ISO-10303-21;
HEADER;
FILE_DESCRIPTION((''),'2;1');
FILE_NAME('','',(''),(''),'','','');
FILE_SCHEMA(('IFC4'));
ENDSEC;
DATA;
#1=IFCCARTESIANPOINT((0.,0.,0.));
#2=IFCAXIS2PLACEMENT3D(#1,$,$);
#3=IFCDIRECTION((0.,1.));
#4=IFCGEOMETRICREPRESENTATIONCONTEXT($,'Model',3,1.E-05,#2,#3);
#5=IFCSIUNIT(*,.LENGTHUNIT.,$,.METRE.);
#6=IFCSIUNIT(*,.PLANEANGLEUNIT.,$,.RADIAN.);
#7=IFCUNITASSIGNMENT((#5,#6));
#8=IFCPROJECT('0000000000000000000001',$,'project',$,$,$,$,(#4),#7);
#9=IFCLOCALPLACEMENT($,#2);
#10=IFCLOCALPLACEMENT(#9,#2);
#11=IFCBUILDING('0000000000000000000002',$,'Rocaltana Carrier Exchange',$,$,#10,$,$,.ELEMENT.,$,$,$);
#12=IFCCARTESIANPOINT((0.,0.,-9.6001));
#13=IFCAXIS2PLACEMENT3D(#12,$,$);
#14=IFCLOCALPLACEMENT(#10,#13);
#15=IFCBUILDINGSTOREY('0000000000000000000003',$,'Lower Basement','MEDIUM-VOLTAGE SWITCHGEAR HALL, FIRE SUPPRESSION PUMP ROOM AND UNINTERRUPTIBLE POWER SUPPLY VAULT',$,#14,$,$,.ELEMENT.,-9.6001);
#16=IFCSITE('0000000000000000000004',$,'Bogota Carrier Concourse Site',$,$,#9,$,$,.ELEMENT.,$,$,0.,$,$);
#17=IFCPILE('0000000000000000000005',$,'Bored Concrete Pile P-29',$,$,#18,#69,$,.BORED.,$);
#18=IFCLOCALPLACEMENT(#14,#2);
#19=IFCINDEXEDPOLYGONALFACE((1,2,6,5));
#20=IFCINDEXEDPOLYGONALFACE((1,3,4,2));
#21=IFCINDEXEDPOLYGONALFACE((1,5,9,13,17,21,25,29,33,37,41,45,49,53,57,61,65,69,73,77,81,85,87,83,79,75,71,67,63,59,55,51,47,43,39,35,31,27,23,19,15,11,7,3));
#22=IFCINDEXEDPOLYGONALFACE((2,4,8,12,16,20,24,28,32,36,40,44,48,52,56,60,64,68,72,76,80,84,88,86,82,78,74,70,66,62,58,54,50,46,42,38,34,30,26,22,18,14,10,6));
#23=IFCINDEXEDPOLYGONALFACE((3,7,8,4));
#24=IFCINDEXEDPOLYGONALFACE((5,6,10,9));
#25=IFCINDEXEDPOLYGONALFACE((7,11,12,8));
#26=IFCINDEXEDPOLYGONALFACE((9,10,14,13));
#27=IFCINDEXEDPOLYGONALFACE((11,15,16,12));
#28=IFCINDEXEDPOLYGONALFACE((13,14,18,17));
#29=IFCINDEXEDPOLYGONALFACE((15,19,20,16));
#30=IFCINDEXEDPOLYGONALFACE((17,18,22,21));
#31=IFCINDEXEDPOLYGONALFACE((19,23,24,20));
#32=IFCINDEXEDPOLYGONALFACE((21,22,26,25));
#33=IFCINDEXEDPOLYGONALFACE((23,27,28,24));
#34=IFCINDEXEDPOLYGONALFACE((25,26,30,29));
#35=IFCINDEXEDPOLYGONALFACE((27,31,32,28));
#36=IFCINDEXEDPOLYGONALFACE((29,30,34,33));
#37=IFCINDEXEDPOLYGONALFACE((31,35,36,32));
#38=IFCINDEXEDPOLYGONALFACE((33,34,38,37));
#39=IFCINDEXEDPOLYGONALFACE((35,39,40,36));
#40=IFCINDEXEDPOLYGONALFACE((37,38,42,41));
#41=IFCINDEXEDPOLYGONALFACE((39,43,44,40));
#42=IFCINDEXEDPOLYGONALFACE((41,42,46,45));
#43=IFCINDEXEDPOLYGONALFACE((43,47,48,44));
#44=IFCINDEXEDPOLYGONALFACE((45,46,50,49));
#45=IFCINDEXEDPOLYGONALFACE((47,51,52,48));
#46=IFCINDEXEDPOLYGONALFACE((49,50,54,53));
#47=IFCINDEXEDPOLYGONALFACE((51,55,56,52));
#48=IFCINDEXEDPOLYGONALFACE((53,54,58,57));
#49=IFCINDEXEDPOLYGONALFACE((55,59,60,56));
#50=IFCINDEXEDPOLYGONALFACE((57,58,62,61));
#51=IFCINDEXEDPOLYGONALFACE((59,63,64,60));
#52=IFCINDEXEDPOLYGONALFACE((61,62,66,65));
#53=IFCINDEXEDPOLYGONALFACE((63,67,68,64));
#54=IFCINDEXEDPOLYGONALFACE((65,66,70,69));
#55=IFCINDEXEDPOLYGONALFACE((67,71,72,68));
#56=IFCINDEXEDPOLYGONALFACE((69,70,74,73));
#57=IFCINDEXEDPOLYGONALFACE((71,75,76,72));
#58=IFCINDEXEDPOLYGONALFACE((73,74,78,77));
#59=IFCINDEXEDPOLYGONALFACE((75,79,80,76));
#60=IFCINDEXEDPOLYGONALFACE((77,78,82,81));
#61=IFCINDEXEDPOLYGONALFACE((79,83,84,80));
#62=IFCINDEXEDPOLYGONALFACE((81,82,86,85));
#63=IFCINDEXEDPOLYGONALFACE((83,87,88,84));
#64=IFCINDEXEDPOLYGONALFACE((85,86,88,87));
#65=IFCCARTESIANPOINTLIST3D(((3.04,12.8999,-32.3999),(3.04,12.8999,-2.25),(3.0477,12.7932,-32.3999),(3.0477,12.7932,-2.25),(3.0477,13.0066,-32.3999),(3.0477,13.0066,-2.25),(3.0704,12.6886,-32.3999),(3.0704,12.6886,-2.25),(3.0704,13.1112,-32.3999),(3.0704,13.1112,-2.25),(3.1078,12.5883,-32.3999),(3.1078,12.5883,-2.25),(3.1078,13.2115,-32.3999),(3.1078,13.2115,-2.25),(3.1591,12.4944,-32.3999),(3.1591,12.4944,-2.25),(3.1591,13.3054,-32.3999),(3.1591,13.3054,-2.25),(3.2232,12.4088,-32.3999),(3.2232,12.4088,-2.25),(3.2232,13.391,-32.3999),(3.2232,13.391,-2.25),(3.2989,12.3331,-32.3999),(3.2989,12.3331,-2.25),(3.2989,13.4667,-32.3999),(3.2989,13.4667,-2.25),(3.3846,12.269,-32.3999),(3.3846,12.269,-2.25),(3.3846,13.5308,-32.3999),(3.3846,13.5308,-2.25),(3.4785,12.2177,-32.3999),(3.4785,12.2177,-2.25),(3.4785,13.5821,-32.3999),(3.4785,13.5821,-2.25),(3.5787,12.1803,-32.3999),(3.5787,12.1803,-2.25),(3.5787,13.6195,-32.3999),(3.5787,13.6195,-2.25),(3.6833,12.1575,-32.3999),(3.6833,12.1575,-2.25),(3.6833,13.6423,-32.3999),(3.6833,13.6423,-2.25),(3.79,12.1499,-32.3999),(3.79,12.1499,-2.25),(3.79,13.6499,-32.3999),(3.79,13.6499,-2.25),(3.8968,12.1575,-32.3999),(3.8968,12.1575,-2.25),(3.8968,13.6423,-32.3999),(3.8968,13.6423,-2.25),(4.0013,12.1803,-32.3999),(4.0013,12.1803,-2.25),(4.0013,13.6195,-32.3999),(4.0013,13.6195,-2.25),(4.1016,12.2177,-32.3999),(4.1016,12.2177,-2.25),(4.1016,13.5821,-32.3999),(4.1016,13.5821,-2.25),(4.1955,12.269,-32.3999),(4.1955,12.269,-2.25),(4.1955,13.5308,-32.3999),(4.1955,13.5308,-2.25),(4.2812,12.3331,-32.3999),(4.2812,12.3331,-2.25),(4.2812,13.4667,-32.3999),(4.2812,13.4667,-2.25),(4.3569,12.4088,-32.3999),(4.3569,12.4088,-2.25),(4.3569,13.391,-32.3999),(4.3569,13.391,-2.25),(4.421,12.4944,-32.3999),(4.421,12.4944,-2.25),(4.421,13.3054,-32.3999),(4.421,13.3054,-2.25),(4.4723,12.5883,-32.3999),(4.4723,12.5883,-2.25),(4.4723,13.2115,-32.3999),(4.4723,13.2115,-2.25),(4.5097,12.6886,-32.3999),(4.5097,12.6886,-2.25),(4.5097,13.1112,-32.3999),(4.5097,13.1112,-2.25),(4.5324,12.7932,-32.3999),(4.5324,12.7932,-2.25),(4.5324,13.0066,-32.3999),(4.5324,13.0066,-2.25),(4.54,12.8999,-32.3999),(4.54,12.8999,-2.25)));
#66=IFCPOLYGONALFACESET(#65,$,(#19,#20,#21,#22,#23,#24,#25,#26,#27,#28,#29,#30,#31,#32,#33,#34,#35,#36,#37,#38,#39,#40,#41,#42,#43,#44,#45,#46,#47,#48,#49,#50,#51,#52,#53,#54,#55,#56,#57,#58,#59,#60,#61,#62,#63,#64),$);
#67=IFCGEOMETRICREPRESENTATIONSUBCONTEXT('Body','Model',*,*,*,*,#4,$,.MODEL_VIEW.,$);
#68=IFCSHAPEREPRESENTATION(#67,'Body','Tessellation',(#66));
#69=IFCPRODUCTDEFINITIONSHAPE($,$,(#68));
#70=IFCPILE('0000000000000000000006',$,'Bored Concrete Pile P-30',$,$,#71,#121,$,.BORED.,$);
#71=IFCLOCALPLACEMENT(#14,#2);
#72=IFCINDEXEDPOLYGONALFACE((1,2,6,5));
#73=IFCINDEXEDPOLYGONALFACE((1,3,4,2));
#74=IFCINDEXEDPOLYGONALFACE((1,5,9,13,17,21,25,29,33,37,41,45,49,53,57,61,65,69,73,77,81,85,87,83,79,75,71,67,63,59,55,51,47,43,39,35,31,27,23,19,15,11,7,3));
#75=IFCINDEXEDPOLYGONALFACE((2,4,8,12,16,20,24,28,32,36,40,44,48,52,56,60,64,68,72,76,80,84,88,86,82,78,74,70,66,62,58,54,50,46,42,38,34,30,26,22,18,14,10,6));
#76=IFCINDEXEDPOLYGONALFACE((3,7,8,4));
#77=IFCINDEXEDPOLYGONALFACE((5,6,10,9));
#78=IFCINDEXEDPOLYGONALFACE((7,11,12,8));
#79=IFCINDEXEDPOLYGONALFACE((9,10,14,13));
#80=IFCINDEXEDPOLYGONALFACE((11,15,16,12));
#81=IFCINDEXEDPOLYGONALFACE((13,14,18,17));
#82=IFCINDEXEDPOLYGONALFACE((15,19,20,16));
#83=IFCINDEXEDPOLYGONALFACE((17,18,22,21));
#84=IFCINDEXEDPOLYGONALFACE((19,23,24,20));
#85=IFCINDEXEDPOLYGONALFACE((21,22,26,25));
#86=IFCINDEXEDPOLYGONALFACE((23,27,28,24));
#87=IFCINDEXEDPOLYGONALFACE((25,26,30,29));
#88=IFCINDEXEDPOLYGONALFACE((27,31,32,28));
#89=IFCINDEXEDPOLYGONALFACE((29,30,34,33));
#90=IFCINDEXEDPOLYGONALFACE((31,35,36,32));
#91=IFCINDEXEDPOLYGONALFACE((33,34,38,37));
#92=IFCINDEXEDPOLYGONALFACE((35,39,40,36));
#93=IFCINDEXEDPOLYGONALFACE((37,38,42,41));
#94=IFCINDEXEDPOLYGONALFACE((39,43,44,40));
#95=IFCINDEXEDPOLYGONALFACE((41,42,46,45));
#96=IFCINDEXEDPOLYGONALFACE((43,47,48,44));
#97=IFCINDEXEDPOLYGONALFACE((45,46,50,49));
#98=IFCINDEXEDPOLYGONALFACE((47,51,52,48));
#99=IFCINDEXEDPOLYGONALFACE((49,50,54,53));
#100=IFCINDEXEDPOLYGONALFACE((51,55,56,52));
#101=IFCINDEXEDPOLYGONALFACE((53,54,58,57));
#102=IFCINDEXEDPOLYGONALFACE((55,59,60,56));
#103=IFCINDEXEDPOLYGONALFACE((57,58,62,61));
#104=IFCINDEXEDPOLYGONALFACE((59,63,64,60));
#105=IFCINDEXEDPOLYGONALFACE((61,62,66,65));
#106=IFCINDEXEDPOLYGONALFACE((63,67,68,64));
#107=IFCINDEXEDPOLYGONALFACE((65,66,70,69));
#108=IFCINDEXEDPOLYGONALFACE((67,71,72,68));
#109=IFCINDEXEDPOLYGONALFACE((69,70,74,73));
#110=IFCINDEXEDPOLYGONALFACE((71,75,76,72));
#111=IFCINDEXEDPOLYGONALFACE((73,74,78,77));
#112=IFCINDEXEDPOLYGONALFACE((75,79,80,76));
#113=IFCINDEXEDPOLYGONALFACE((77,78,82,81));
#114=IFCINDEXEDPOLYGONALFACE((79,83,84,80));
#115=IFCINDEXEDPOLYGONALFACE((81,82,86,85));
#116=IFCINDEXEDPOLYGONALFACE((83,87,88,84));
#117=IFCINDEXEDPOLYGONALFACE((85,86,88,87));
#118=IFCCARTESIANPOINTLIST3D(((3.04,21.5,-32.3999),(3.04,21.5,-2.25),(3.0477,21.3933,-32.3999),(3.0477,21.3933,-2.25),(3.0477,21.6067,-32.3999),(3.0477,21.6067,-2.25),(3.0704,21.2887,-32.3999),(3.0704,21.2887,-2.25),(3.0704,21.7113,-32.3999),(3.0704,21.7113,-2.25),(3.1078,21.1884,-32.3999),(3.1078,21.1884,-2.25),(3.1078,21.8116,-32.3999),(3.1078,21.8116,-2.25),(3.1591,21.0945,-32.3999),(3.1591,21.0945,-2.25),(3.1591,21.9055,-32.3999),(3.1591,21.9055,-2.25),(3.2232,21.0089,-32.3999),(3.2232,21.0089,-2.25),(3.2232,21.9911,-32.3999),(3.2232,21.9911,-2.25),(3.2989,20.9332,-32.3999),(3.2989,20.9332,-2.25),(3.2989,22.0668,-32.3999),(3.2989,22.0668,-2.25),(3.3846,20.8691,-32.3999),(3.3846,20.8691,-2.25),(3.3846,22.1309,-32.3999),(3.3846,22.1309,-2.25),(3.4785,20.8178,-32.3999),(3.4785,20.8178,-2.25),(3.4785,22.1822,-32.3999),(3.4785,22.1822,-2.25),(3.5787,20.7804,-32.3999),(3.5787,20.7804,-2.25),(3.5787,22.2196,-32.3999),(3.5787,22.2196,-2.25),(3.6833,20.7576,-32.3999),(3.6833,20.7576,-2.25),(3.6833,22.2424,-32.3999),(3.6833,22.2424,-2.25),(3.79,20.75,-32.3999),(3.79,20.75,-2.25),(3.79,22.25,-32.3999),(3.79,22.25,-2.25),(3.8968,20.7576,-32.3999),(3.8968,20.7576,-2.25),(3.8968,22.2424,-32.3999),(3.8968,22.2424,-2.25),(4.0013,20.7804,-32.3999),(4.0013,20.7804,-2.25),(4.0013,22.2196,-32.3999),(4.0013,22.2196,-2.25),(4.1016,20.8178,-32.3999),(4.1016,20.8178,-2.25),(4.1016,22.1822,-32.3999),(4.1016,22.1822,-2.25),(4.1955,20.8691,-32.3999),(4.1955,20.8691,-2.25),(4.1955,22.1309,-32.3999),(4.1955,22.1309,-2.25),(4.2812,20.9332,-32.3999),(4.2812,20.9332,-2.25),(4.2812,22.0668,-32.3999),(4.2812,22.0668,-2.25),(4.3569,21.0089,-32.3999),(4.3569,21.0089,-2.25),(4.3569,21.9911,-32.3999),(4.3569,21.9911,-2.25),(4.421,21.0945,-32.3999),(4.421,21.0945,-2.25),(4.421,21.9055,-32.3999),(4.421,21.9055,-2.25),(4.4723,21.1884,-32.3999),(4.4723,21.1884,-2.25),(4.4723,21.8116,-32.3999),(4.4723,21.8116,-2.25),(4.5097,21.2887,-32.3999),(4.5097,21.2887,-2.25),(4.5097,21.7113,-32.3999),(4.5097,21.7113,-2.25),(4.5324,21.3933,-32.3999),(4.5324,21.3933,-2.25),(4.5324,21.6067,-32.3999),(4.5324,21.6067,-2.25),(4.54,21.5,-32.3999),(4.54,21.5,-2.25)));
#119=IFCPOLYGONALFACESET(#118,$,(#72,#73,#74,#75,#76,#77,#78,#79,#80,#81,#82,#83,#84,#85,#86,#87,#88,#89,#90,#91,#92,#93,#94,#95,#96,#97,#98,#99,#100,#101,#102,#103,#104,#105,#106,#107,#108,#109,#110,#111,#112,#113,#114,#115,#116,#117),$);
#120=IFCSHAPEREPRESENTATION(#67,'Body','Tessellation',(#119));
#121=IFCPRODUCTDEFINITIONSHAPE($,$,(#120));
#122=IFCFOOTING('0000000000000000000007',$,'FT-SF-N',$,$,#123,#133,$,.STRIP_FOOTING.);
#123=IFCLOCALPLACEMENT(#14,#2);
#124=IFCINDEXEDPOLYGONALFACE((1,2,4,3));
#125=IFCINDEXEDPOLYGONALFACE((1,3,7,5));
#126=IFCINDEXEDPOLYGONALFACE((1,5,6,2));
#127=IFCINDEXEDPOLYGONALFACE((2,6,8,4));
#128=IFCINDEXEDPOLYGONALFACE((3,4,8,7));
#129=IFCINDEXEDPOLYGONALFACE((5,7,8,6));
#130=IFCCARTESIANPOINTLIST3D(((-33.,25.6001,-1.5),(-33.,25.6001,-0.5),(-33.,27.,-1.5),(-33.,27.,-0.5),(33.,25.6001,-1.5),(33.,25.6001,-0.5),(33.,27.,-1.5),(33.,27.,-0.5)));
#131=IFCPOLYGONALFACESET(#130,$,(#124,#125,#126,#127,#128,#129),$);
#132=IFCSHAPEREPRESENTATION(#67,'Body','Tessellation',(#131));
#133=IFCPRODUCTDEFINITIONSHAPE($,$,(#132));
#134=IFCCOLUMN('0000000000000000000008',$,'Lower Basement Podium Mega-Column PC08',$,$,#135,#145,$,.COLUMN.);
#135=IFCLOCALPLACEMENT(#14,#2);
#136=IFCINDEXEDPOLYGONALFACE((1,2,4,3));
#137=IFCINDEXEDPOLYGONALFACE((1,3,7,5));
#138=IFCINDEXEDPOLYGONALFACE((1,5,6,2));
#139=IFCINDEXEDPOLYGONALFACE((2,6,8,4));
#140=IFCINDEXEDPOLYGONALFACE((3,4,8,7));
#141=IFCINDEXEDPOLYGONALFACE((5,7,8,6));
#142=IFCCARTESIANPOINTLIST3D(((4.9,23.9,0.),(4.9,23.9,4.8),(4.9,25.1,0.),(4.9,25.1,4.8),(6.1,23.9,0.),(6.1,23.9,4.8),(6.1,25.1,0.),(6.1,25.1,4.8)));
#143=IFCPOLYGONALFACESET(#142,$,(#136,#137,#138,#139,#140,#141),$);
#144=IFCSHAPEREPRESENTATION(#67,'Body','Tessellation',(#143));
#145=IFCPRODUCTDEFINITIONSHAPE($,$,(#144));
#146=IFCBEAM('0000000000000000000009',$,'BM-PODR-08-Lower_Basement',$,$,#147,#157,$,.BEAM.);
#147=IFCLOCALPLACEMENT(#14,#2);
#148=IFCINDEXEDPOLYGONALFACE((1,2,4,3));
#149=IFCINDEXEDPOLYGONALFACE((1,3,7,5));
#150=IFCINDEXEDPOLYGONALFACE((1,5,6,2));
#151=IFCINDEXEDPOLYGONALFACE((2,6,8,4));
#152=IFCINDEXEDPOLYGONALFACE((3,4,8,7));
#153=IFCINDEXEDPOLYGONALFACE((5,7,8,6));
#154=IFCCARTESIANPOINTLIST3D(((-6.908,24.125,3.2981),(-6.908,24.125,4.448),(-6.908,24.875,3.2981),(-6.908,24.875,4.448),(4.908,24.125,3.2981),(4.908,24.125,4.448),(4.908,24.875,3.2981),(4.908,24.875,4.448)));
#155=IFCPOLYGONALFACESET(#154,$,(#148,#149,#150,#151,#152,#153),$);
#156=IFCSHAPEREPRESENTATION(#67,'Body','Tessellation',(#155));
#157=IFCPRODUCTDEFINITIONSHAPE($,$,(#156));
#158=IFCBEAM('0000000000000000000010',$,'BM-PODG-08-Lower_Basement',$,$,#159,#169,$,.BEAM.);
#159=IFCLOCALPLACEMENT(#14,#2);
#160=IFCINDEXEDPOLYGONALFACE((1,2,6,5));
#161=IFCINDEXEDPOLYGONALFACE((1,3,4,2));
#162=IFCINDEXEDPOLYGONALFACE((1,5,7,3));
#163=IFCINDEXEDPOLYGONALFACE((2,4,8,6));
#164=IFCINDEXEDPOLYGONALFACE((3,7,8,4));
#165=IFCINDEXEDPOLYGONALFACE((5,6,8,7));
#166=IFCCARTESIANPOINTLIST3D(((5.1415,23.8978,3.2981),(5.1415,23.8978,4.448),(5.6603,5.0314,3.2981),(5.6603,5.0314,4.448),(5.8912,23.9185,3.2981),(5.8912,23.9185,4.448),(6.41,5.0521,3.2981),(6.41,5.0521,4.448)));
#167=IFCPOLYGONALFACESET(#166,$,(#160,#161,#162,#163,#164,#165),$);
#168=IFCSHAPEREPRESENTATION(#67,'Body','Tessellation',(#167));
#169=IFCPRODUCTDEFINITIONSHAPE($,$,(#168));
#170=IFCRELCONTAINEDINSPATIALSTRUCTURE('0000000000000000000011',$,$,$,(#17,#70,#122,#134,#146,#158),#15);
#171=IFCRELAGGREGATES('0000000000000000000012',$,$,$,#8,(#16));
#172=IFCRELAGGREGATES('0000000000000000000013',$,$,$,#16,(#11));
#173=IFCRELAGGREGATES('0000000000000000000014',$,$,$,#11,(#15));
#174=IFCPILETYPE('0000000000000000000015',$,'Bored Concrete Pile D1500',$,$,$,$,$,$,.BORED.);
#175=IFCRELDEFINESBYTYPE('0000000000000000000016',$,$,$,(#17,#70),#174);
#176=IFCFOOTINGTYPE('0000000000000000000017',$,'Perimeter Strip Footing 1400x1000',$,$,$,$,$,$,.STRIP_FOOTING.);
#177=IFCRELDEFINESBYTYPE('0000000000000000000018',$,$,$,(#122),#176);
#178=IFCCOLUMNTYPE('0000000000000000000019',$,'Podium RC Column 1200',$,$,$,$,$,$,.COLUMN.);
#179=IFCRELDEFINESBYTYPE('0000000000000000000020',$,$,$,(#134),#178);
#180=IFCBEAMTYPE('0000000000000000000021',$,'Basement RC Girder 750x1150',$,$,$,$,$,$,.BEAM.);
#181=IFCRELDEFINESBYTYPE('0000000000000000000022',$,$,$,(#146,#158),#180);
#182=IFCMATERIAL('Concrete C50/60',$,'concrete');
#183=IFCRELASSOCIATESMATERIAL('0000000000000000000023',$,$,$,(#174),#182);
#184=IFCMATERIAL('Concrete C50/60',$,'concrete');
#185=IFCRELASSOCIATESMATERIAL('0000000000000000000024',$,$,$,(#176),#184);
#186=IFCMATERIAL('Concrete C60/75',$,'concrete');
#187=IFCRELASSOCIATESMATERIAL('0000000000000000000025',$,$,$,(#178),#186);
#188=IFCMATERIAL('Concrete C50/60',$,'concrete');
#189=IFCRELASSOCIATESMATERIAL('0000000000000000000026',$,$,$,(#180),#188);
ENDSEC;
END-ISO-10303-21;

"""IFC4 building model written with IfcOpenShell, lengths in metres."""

from ifc_helpers import new_model, si_unit, direction, frame, origin, origin_2d, place, context, subcontext, project, spatial, rectangle, circle, extrude, material, material_profile, profile_set, type_object, element, save


model = new_model("IFC4")

# Units and contexts
model_context = context("Model", 3, precision=1e-05, world=origin(), true_north=direction((0.0, 1.0)))
body_context = subcontext(model_context, "Body", "Model", "MODEL_VIEW")
ifc_project = project(units=[si_unit("LENGTHUNIT", "METRE"), si_unit("PLANEANGLEUNIT", "RADIAN")], contexts=[model_context])

# Site, building, storey
site_placement = place(None, origin())
site = spatial("IfcSite", under=ifc_project, at=site_placement, Name="Bogota Carrier Concourse Site", CompositionType="ELEMENT", RefElevation=0.0)
building_placement = place(site_placement, origin())
building = spatial("IfcBuilding", under=site, at=building_placement, Name="Rocaltana Carrier Exchange", CompositionType="ELEMENT")
storey_placement = place(building_placement, frame((0.0, 0.0, -9.6001)))
storey = spatial("IfcBuildingStorey", under=building, at=storey_placement, Name="Lower Basement", Description="MEDIUM-VOLTAGE SWITCHGEAR HALL, FIRE SUPPRESSION PUMP ROOM AND UNINTERRUPTIBLE POWER SUPPLY VAULT", CompositionType="ELEMENT", Elevation=-9.6001)

# Piles
ifc_material_1 = material(Name="Concrete C50/60", Category="concrete")
ifc_material_profile_1 = material_profile(ifc_material_1, circle(Radius=0.75, at=origin_2d()), Name="PILE-D1500")
ifc_profile_set_1 = profile_set([ifc_material_profile_1], Name="Concrete C50/60")
pile_type = type_object("IfcPileType", Name="Bored Concrete Pile D1500", PredefinedType="BORED", material=ifc_profile_set_1)
for number, where, z_axis, x_axis, name in (
    (1, (3.79, 12.8999, -2.25), (0.0, 0.0, -1.0), (1.0, 0.0, 0.0), "Bored Concrete Pile P-29"),
    (2, (3.79, 21.5, -2.25), (0.0, 0.0, -1.0), (1.0, 0.0, 0.0), "Bored Concrete Pile P-30"),
):
    element("IfcPile", number, at=place(storey_placement, frame(where, z_axis=z_axis, x_axis=x_axis)), inside=storey, type_object=pile_type, Name=name, PredefinedType="BORED", context=body_context, shape_type="SweptSolid", body=[
        extrude(circle(Radius=0.75, at=origin_2d()), origin(), (0.0, 0.0, 1.0), 30.1499),
    ])

# Footing
ifc_material_2 = material(Name="Concrete C50/60", Category="concrete")
footing_type = type_object("IfcFootingType", Name="Perimeter Strip Footing 1400x1000", PredefinedType="STRIP_FOOTING", material=ifc_material_2)
footing_placement = place(storey_placement, frame((0.0, 26.3, -1.5), z_axis=(0.0, 0.0, 1.0), x_axis=(1.0, 0.0, 0.0)))
element("IfcFooting", 3, at=footing_placement, inside=storey, type_object=footing_type, Name="FT-SF-N", PredefinedType="STRIP_FOOTING", context=body_context, shape_type="SweptSolid", body=[
    extrude(rectangle(XDim=66.0, YDim=1.3999, at=origin_2d()), origin(), (0.0, 0.0, 1.0), 1.0),
])

# Column
ifc_material_3 = material(Name="Concrete C60/75", Category="concrete")
ifc_material_profile_2 = material_profile(ifc_material_3, rectangle(XDim=1.2, YDim=1.2, at=origin_2d()), Name="RC-COL-1200X1200")
ifc_profile_set_2 = profile_set([ifc_material_profile_2], Name="Concrete C60/75")
column_type = type_object("IfcColumnType", Name="Podium RC Column 1200", PredefinedType="COLUMN", material=ifc_profile_set_2)
column_placement = place(storey_placement, frame((5.5, 24.5, 0.0), z_axis=(0.0, 0.0, 1.0), x_axis=(1.0, 0.0, 0.0)))
element("IfcColumn", 4, at=column_placement, inside=storey, type_object=column_type, Name="Lower Basement Podium Mega-Column PC08", PredefinedType="COLUMN", context=body_context, shape_type="SweptSolid", body=[
    extrude(rectangle(XDim=1.2, YDim=1.2, at=origin_2d()), origin(), (0.0, 0.0, 1.0), 4.8),
])

# Beams
ifc_material_4 = material(Name="Concrete C50/60", Category="concrete")
ifc_material_profile_3 = material_profile(ifc_material_4, rectangle(XDim=0.75, YDim=1.1499, at=origin_2d()), Name="RC-BM-750X1150")
ifc_profile_set_3 = profile_set([ifc_material_profile_3], Name="Concrete C50/60")
beam_type_1 = type_object("IfcBeamType", Name="Basement RC Girder 750x1150", PredefinedType="BEAM", material=ifc_profile_set_3)
beam_1_placement = place(storey_placement, frame((4.908, 24.5, 3.873), z_axis=(-1.0, 0.0, 0.0), x_axis=(0.0, -1.0, 0.0)))
element("IfcBeam", 5, at=beam_1_placement, inside=storey, type_object=beam_type_1, Name="BM-PODR-08-Lower_Basement", PredefinedType="BEAM", context=body_context, shape_type="SweptSolid", body=[
    extrude(rectangle(XDim=0.75, YDim=1.1499, at=origin_2d()), origin(), (0.0, 0.0, 1.0), 11.8159),
])
beam_2_placement = place(storey_placement, frame((6.0352, 5.0417, 3.873), z_axis=(-0.027488, 0.999622, 0.0), x_axis=(-0.999622, -0.027488, 0.0)))
element("IfcBeam", 6, at=beam_2_placement, inside=storey, type_object=beam_type_1, Name="BM-PODG-08-Lower_Basement", PredefinedType="BEAM", context=body_context, shape_type="SweptSolid", body=[
    extrude(rectangle(XDim=0.75, YDim=1.1499, at=origin_2d()), origin(), (0.0, 0.0, 1.0), 18.8735),
])

save(model, "model.ifc")
